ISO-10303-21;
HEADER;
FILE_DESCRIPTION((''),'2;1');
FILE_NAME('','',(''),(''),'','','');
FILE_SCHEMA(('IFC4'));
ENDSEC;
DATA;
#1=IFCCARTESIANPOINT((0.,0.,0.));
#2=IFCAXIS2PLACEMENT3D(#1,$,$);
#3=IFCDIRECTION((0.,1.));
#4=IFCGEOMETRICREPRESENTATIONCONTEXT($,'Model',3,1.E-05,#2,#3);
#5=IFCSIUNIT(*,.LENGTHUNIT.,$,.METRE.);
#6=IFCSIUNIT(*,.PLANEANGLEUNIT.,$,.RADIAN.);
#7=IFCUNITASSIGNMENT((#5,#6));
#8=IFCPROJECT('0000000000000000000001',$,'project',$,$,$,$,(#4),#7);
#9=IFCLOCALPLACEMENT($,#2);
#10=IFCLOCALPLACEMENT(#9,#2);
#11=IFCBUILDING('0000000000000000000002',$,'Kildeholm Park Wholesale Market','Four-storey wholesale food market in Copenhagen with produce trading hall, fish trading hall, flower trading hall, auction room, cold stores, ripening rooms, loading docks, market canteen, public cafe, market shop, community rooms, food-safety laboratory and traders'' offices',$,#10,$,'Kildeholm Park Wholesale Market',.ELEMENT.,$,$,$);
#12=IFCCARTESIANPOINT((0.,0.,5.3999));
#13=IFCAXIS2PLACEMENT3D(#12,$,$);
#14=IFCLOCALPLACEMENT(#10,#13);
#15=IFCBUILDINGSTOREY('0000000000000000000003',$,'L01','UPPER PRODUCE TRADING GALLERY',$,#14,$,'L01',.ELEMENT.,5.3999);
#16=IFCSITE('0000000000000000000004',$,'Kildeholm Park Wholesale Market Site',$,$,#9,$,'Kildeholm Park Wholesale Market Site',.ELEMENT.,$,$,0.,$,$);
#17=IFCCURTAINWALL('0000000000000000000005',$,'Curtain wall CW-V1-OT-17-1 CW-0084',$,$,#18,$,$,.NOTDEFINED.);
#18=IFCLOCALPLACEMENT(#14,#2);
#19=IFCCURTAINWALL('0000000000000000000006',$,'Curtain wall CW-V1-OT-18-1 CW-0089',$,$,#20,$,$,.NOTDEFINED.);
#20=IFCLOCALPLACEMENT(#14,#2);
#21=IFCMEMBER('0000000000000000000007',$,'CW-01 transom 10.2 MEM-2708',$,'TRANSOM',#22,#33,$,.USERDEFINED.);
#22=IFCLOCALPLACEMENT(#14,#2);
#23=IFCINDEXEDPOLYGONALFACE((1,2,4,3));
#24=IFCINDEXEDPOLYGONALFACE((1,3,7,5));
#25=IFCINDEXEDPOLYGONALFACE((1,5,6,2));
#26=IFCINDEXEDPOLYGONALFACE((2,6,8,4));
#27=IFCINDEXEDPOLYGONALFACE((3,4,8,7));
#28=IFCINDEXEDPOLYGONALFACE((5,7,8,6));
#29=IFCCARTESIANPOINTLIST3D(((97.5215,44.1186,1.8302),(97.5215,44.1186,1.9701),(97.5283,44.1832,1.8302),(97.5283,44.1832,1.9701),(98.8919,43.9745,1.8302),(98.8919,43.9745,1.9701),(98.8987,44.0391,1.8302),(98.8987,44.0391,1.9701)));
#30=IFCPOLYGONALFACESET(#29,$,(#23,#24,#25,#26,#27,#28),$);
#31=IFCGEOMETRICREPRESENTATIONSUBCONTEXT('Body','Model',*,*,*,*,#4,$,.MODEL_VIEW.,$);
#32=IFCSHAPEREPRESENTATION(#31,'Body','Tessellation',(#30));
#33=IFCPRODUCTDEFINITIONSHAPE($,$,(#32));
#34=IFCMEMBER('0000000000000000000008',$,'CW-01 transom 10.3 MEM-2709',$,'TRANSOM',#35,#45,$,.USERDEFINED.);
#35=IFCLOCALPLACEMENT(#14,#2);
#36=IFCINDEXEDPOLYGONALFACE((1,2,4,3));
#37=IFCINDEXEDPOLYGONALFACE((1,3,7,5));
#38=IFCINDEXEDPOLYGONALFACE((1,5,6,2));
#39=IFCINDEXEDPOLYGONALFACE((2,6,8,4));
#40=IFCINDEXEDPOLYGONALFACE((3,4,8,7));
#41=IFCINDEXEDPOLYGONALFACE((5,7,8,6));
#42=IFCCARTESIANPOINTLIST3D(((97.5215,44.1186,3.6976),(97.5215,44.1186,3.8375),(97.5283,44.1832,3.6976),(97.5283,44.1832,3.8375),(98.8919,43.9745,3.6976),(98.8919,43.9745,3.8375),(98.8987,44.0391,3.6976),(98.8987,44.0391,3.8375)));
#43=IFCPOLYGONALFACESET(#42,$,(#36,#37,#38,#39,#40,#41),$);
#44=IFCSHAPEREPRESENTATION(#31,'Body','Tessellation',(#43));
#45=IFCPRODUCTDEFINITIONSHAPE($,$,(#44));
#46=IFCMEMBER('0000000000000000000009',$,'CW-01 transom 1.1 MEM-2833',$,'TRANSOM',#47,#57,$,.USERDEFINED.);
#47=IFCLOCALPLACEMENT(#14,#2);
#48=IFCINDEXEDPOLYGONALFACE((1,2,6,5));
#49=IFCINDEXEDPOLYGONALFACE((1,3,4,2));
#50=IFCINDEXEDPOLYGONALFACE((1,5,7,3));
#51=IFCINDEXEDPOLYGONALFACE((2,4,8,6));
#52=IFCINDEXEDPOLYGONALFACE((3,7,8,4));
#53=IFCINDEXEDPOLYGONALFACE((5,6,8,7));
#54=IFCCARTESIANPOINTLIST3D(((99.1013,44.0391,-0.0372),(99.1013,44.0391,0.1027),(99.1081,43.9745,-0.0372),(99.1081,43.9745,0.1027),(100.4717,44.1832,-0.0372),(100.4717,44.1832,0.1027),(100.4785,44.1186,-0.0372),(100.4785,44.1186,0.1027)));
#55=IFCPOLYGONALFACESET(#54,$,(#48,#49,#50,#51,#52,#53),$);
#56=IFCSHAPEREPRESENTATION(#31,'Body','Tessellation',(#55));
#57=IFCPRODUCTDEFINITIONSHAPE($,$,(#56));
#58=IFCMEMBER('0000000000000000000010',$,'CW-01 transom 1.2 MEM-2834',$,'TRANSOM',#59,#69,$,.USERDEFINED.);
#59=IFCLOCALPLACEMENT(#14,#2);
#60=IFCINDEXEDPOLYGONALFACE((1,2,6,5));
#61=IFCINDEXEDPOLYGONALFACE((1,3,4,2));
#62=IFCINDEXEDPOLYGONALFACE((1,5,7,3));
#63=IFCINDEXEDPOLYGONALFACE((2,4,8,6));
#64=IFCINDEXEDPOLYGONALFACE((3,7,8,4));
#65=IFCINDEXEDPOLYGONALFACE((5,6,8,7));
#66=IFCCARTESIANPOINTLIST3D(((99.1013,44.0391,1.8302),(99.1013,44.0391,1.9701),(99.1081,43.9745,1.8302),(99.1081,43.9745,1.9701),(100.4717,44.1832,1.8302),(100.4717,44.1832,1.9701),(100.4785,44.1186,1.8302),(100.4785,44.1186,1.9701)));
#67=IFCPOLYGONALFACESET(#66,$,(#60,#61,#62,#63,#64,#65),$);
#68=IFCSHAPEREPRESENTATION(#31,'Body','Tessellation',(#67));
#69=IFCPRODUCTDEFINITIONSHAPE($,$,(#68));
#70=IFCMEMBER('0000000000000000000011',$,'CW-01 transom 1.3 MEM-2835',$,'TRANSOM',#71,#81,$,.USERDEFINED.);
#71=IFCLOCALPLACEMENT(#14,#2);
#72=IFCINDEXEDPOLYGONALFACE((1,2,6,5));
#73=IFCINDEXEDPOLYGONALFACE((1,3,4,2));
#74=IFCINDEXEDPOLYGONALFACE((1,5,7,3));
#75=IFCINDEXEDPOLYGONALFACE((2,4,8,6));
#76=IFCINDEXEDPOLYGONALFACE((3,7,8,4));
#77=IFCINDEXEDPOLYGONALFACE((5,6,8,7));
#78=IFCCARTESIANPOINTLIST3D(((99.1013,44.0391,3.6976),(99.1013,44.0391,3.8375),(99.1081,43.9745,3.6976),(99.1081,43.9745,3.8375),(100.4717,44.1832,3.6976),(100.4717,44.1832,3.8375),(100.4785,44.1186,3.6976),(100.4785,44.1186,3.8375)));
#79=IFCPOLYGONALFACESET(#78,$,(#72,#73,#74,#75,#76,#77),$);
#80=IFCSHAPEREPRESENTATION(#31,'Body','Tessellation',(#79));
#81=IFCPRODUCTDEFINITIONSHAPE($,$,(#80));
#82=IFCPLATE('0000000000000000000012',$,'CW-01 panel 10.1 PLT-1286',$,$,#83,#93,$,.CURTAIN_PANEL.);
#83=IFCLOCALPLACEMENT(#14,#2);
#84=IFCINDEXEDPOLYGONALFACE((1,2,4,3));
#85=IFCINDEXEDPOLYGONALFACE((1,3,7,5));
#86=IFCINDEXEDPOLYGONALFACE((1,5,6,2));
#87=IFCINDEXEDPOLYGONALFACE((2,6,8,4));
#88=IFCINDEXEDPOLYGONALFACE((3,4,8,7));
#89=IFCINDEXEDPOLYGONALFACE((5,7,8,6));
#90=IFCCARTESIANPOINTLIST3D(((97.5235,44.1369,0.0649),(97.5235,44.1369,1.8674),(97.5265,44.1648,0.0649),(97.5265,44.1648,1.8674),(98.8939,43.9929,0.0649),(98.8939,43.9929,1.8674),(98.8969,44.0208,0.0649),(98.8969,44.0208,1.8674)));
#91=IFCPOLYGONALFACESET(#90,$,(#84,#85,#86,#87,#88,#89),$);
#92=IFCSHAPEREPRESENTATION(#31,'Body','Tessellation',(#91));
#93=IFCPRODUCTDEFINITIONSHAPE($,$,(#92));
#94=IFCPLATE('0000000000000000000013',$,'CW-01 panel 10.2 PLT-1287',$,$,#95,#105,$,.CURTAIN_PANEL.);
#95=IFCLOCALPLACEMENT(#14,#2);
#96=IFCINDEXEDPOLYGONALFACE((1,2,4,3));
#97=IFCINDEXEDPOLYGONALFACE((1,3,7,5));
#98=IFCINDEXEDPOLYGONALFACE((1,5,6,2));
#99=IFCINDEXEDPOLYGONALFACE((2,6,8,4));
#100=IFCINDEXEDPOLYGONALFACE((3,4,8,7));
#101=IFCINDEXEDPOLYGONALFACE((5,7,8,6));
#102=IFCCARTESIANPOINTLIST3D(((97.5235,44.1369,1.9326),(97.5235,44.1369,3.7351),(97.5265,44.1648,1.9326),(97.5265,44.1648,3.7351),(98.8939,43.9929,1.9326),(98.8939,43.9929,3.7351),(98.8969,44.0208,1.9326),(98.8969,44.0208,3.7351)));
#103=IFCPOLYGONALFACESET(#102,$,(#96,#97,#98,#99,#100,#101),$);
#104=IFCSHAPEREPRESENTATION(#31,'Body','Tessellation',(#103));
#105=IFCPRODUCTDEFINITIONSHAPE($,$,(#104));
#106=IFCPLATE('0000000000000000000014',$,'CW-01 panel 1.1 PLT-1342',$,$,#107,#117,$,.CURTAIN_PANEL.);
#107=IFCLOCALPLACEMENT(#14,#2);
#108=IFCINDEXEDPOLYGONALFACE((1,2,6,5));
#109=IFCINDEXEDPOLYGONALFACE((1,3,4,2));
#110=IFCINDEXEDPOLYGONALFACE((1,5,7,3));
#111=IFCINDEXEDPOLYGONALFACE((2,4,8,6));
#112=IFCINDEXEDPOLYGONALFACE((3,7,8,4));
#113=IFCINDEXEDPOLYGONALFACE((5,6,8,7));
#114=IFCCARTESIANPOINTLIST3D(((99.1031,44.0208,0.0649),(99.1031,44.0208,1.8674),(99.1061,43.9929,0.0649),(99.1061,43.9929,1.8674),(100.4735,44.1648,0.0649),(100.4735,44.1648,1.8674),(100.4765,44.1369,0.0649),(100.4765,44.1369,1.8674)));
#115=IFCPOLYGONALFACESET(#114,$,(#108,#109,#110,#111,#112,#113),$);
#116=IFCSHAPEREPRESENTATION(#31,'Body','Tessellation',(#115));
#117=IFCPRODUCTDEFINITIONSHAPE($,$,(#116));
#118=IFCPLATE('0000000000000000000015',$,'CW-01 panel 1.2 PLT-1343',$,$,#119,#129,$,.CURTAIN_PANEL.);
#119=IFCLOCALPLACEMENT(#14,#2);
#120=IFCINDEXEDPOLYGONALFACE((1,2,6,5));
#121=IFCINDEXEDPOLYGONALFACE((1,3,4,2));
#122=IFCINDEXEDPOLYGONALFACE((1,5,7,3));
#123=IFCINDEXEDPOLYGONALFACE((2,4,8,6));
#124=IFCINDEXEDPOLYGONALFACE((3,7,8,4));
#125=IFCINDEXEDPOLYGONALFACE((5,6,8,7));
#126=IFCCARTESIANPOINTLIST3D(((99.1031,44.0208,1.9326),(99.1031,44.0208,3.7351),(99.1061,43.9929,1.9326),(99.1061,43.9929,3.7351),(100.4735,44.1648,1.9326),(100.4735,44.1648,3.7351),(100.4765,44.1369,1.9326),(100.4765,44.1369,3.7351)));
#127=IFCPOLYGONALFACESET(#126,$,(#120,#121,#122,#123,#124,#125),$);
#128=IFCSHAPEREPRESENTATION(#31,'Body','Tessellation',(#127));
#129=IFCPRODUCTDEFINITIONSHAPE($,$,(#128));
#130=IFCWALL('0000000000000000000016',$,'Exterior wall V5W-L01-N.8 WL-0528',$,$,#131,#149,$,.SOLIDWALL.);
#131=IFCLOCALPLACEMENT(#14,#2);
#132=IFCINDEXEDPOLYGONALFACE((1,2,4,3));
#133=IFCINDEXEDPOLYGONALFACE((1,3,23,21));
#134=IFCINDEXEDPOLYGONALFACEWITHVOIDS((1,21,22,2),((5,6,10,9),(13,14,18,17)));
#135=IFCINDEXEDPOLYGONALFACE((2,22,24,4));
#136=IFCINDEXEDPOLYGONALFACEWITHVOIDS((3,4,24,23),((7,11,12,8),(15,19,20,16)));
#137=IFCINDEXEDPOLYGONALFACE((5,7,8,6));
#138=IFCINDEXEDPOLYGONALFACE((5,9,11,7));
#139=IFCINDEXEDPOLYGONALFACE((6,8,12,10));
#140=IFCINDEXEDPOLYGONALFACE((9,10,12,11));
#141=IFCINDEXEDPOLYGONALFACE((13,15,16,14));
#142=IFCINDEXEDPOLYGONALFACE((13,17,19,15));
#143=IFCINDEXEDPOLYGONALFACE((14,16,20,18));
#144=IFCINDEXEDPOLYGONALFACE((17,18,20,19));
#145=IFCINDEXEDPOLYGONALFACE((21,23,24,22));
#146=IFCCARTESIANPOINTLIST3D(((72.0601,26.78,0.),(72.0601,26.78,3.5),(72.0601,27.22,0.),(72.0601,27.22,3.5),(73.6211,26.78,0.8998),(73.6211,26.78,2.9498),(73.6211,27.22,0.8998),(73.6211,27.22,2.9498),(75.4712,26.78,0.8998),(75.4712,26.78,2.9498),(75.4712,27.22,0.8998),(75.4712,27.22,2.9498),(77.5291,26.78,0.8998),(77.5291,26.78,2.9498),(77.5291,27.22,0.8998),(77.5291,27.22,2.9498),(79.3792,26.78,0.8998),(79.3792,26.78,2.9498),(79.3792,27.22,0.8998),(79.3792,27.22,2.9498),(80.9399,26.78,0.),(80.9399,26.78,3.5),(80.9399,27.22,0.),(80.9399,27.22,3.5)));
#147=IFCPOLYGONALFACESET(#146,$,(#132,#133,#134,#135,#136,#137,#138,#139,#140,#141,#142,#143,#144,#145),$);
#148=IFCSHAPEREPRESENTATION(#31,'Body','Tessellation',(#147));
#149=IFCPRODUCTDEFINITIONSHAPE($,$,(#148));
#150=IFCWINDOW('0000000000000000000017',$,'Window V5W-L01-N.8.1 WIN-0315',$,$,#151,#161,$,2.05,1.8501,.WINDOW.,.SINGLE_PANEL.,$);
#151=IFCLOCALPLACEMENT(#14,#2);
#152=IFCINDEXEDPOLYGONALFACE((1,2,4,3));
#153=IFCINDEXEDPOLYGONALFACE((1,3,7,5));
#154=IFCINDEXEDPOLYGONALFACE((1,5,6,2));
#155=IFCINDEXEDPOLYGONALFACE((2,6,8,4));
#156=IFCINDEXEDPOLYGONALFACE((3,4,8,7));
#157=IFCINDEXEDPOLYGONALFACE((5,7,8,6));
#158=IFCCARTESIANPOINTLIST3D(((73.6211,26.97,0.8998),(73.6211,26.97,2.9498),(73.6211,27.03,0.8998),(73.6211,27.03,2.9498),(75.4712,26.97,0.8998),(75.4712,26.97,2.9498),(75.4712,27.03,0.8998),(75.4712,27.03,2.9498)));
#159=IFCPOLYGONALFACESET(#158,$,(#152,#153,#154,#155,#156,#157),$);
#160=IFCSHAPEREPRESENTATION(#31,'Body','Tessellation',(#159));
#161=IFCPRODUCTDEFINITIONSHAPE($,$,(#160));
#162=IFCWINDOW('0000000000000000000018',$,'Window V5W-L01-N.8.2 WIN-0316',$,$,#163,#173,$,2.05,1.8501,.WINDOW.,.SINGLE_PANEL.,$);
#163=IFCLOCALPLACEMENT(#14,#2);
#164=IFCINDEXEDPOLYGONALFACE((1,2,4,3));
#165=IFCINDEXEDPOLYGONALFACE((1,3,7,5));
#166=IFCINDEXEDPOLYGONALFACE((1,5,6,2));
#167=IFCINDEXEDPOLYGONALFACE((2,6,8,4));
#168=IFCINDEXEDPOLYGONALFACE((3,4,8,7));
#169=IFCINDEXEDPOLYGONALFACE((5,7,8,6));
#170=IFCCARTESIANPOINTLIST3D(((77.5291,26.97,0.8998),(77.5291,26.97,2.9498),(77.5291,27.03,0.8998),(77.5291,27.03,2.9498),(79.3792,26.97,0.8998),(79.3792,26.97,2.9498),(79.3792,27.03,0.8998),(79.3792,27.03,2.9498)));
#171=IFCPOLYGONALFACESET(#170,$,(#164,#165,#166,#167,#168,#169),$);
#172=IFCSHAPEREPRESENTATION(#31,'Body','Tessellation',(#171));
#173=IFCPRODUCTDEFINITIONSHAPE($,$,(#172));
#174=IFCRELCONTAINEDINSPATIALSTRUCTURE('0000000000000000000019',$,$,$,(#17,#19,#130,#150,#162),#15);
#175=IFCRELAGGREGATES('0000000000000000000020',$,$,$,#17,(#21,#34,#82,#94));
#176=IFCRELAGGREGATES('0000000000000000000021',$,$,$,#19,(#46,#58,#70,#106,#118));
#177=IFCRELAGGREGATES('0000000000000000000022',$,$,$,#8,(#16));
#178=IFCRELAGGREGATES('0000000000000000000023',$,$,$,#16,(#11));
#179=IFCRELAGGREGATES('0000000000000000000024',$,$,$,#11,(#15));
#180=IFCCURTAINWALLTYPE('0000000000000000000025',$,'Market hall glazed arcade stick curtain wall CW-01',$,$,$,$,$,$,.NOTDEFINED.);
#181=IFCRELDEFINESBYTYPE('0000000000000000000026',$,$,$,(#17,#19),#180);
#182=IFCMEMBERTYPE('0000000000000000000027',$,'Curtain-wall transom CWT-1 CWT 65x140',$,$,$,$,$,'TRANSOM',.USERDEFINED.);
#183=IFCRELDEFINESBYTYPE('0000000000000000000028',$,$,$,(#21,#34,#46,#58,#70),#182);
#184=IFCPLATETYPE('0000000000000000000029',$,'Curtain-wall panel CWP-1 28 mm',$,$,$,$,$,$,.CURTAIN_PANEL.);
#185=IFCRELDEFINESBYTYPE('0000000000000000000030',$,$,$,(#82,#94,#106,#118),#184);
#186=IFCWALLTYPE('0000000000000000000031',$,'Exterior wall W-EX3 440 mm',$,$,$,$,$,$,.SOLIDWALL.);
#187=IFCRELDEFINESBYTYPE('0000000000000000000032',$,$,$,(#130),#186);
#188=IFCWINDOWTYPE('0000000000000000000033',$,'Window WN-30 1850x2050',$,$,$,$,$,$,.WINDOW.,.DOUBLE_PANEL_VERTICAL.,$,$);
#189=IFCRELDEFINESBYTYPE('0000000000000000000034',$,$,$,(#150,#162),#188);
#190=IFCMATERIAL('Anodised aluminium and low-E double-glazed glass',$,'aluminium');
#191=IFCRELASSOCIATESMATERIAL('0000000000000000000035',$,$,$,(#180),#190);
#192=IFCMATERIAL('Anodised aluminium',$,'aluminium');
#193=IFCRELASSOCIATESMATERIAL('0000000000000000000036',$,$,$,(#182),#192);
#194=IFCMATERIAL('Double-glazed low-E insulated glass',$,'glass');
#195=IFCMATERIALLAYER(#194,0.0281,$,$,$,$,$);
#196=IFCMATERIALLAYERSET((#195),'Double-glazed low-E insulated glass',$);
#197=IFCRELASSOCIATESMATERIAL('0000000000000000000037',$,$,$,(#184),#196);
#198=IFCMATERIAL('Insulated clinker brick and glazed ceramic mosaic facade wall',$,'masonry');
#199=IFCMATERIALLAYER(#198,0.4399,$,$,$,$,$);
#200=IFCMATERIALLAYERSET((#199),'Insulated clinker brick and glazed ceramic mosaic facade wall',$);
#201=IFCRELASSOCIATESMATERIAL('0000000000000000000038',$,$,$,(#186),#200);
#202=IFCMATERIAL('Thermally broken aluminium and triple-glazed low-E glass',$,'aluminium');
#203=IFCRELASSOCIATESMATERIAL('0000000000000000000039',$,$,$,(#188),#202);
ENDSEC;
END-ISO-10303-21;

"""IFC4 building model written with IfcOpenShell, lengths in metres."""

from ifc_helpers import new_model, si_unit, direction, frame, frame_2d, origin, origin_2d, place, context, subcontext, project, spatial, rectangle, extrude, material, layer, layer_set, material_profile, profile_set, type_object, element, fill, aggregate, save


model = new_model("IFC4")

# Units and contexts
model_context = context("Model", 3, precision=1e-05, world=origin(), true_north=direction((0.0, 1.0)))
body_context = subcontext(model_context, "Body", "Model", "MODEL_VIEW")
ifc_project = project(units=[si_unit("LENGTHUNIT", "METRE"), si_unit("PLANEANGLEUNIT", "RADIAN")], contexts=[model_context])

# Site, building, storey
site_placement = place(None, origin())
site = spatial("IfcSite", under=ifc_project, at=site_placement, Name="Kildeholm Park Wholesale Market Site", LongName="Kildeholm Park Wholesale Market Site", CompositionType="ELEMENT", RefElevation=0.0)
building_placement = place(site_placement, origin())
building = spatial("IfcBuilding", under=site, at=building_placement, Name="Kildeholm Park Wholesale Market", Description="Four-storey wholesale food market in Copenhagen with produce trading hall, fish trading hall, flower trading hall, auction room, cold stores, ripening rooms, loading docks, market canteen, public cafe, market shop, community rooms, food-safety laboratory and traders' offices", LongName="Kildeholm Park Wholesale Market", CompositionType="ELEMENT")
storey_placement = place(building_placement, frame((0.0, 0.0, 5.3999)))
storey = spatial("IfcBuildingStorey", under=building, at=storey_placement, Name="L01", Description="UPPER PRODUCE TRADING GALLERY", LongName="L01", CompositionType="ELEMENT", Elevation=5.3999)

# Curtain wall
ifc_material_1 = material(Name="Anodised aluminium and low-E double-glazed glass", Category="aluminium")
curtain_wall_type = type_object("IfcCurtainWallType", Name="Market hall glazed arcade stick curtain wall CW-01", PredefinedType="NOTDEFINED", material=ifc_material_1)
curtain_wall_1_placement = place(storey_placement, origin())
curtain_wall_1 = element("IfcCurtainWall", 1, at=curtain_wall_1_placement, inside=storey, type_object=curtain_wall_type, Name="Curtain wall CW-V1-OT-17-1 CW-0084", PredefinedType="NOTDEFINED")
ifc_material_2 = material(Name="Anodised aluminium", Category="aluminium")

# Curtain wall
curtain_wall_2_placement = place(storey_placement, origin())
curtain_wall_2 = element("IfcCurtainWall", 2, at=curtain_wall_2_placement, inside=storey, type_object=curtain_wall_type, Name="Curtain wall CW-V1-OT-18-1 CW-0089", PredefinedType="NOTDEFINED")

# Members
ifc_material_profile_1 = material_profile(ifc_material_2, rectangle(XDim=0.0649, YDim=0.1399, at=origin_2d()), Name="CWT 65x140")
ifc_profile_set_1 = profile_set([ifc_material_profile_1], Name="Anodised aluminium")
member_type_1 = type_object("IfcMemberType", Name="Curtain-wall transom CWT-1 CWT 65x140", ElementType="TRANSOM", PredefinedType="USERDEFINED", material=ifc_profile_set_1)
member_1_placement = place(storey_placement, frame((97.5249, 44.1509, 1.9001), z_axis=(0.994521, -0.104537, 0.0), x_axis=(0.104537, 0.994521, 0.0)))
member_1 = element("IfcMember", 3, at=member_1_placement, type_object=member_type_1, Name="CW-01 transom 10.2 MEM-2708", ObjectType="TRANSOM", PredefinedType="USERDEFINED", context=body_context, shape_type="SweptSolid", body=[
    extrude(rectangle(XDim=0.0649, YDim=0.1399, at=origin_2d()), origin(), (0.0, 0.0, 1.0), 1.3779),
])
member_2_placement = place(storey_placement, frame((97.5249, 44.1509, 3.7676), z_axis=(0.994521, -0.104537, 0.0), x_axis=(0.104537, 0.994521, 0.0)))
member_2 = element("IfcMember", 4, at=member_2_placement, type_object=member_type_1, Name="CW-01 transom 10.3 MEM-2709", ObjectType="TRANSOM", PredefinedType="USERDEFINED", context=body_context, shape_type="SweptSolid", body=[
    extrude(rectangle(XDim=0.0649, YDim=0.1399, at=origin_2d()), origin(), (0.0, 0.0, 1.0), 1.3779),
])
member_3_placement = place(storey_placement, frame((99.1047, 44.0068, 0.0327), z_axis=(0.994521, 0.104537, 0.0), x_axis=(-0.104537, 0.994521, 0.0)))
member_3 = element("IfcMember", 5, at=member_3_placement, type_object=member_type_1, Name="CW-01 transom 1.1 MEM-2833", ObjectType="TRANSOM", PredefinedType="USERDEFINED", context=body_context, shape_type="SweptSolid", body=[
    extrude(rectangle(XDim=0.0649, YDim=0.1399, at=origin_2d()), origin(), (0.0, 0.0, 1.0), 1.3779),
])
member_4_placement = place(storey_placement, frame((99.1047, 44.0068, 1.9001), z_axis=(0.994521, 0.104537, 0.0), x_axis=(-0.104537, 0.994521, 0.0)))
member_4 = element("IfcMember", 6, at=member_4_placement, type_object=member_type_1, Name="CW-01 transom 1.2 MEM-2834", ObjectType="TRANSOM", PredefinedType="USERDEFINED", context=body_context, shape_type="SweptSolid", body=[
    extrude(rectangle(XDim=0.0649, YDim=0.1399, at=origin_2d()), origin(), (0.0, 0.0, 1.0), 1.3779),
])
member_5_placement = place(storey_placement, frame((99.1047, 44.0068, 3.7676), z_axis=(0.994521, 0.104537, 0.0), x_axis=(-0.104537, 0.994521, 0.0)))
member_5 = element("IfcMember", 7, at=member_5_placement, type_object=member_type_1, Name="CW-01 transom 1.3 MEM-2835", ObjectType="TRANSOM", PredefinedType="USERDEFINED", context=body_context, shape_type="SweptSolid", body=[
    extrude(rectangle(XDim=0.0649, YDim=0.1399, at=origin_2d()), origin(), (0.0, 0.0, 1.0), 1.3779),
])

# Plates
ifc_material_3 = material(Name="Double-glazed low-E insulated glass", Category="glass")
ifc_layer_1 = layer(ifc_material_3, 0.0281)
ifc_layer_set_1 = layer_set([ifc_layer_1], Name="Double-glazed low-E insulated glass")
plate_type = type_object("IfcPlateType", Name="Curtain-wall panel CWP-1 28 mm", PredefinedType="CURTAIN_PANEL", material=ifc_layer_set_1)
plate_1_placement = place(storey_placement, frame((98.2102, 44.0789, 0.0649), z_axis=(0.0, 0.0, 1.0), x_axis=(0.994524, -0.104508, 0.0)))
plate_1 = element("IfcPlate", 8, at=plate_1_placement, type_object=plate_type, Name="CW-01 panel 10.1 PLT-1286", PredefinedType="CURTAIN_PANEL", context=body_context, shape_type="SweptSolid", body=[
    extrude(rectangle(XDim=1.3779, YDim=0.0281, at=origin_2d()), origin(), (0.0, 0.0, 1.0), 1.8025),
])
plate_2_placement = place(storey_placement, frame((98.2102, 44.0789, 1.9326), z_axis=(0.0, 0.0, 1.0), x_axis=(0.994524, -0.104508, 0.0)))
plate_2 = element("IfcPlate", 9, at=plate_2_placement, type_object=plate_type, Name="CW-01 panel 10.2 PLT-1287", PredefinedType="CURTAIN_PANEL", context=body_context, shape_type="SweptSolid", body=[
    extrude(rectangle(XDim=1.3779, YDim=0.0281, at=origin_2d()), origin(), (0.0, 0.0, 1.0), 1.8025),
])
aggregate(curtain_wall_1, [member_1, member_2, plate_1, plate_2])
plate_3_placement = place(storey_placement, frame((99.7898, 44.0789, 0.0649), z_axis=(0.0, 0.0, 1.0), x_axis=(0.994524, 0.104508, 0.0)))
plate_3 = element("IfcPlate", 10, at=plate_3_placement, type_object=plate_type, Name="CW-01 panel 1.1 PLT-1342", PredefinedType="CURTAIN_PANEL", context=body_context, shape_type="SweptSolid", body=[
    extrude(rectangle(XDim=1.3779, YDim=0.0281, at=origin_2d()), origin(), (0.0, 0.0, 1.0), 1.8025),
])
plate_4_placement = place(storey_placement, frame((99.7898, 44.0789, 1.9326), z_axis=(0.0, 0.0, 1.0), x_axis=(0.994524, 0.104508, 0.0)))
plate_4 = element("IfcPlate", 11, at=plate_4_placement, type_object=plate_type, Name="CW-01 panel 1.2 PLT-1343", PredefinedType="CURTAIN_PANEL", context=body_context, shape_type="SweptSolid", body=[
    extrude(rectangle(XDim=1.3779, YDim=0.0281, at=origin_2d()), origin(), (0.0, 0.0, 1.0), 1.8025),
])
aggregate(curtain_wall_2, [member_3, member_4, member_5, plate_3, plate_4])

# Wall, openings, windows
ifc_material_4 = material(Name="Insulated clinker brick and glazed ceramic mosaic facade wall", Category="masonry")
ifc_layer_2 = layer(ifc_material_4, 0.4399)
ifc_layer_set_2 = layer_set([ifc_layer_2], Name="Insulated clinker brick and glazed ceramic mosaic facade wall")
wall_type = type_object("IfcWallType", Name="Exterior wall W-EX3 440 mm", PredefinedType="SOLIDWALL", material=ifc_layer_set_2)
wall_placement = place(storey_placement, frame((72.0601, 27.0, 0.0), z_axis=(0.0, 0.0, 1.0), x_axis=(1.0, 0.0, 0.0)))
wall = element("IfcWall", 12, at=wall_placement, inside=storey, type_object=wall_type, Name="Exterior wall V5W-L01-N.8 WL-0528", PredefinedType="SOLIDWALL", context=body_context, shape_type="SweptSolid", body=[
    extrude(rectangle(XDim=8.8799, YDim=0.4399, at=frame_2d((4.4399, 0.0))), origin(), (0.0, 0.0, 1.0), 3.5),
])
opening_1_placement = place(wall_placement, frame((1.561, 0.0, 0.8999)))
opening_1 = element("IfcOpeningElement", 13, at=opening_1_placement, cuts=wall, PredefinedType="OPENING", context=body_context, shape_type="SweptSolid", body=[
    extrude(rectangle(XDim=1.8501, YDim=2.05, at=frame_2d((0.925, 1.0249))), frame((0.0, 0.23, 0.0), z_axis=(0.0, -1.0, 0.0), x_axis=(1.0, 0.0, 0.0)), (0.0, 0.0, 1.0), 0.46),
])
opening_2_placement = place(wall_placement, frame((5.469, 0.0, 0.8999)))
opening_2 = element("IfcOpeningElement", 14, at=opening_2_placement, cuts=wall, PredefinedType="OPENING", context=body_context, shape_type="SweptSolid", body=[
    extrude(rectangle(XDim=1.8501, YDim=2.05, at=frame_2d((0.925, 1.0249))), frame((0.0, 0.23, 0.0), z_axis=(0.0, -1.0, 0.0), x_axis=(1.0, 0.0, 0.0)), (0.0, 0.0, 1.0), 0.46),
])
ifc_material_5 = material(Name="Thermally broken aluminium and triple-glazed low-E glass", Category="aluminium")
window_type = type_object("IfcWindowType", Name="Window WN-30 1850x2050", PartitioningType="DOUBLE_PANEL_VERTICAL", PredefinedType="WINDOW", material=ifc_material_5)
window_1_placement = place(opening_1_placement, origin())
window_1 = element("IfcWindow", 15, at=window_1_placement, inside=storey, type_object=window_type, Name="Window V5W-L01-N.8.1 WIN-0315", OverallHeight=2.05, OverallWidth=1.8501, PartitioningType="SINGLE_PANEL", PredefinedType="WINDOW", context=body_context, shape_type="SweptSolid", body=[
    extrude(rectangle(XDim=1.8501, YDim=2.05, at=frame_2d((0.925, 1.0249))), frame((0.0, 0.03, 0.0), z_axis=(0.0, -1.0, 0.0), x_axis=(1.0, 0.0, 0.0)), (0.0, 0.0, 1.0), 0.0601),
])
fill(opening_1, window_1)
window_2_placement = place(opening_2_placement, origin())
window_2 = element("IfcWindow", 16, at=window_2_placement, inside=storey, type_object=window_type, Name="Window V5W-L01-N.8.2 WIN-0316", OverallHeight=2.05, OverallWidth=1.8501, PartitioningType="SINGLE_PANEL", PredefinedType="WINDOW", context=body_context, shape_type="SweptSolid", body=[
    extrude(rectangle(XDim=1.8501, YDim=2.05, at=frame_2d((0.925, 1.0249))), frame((0.0, 0.03, 0.0), z_axis=(0.0, -1.0, 0.0), x_axis=(1.0, 0.0, 0.0)), (0.0, 0.0, 1.0), 0.0601),
])
fill(opening_2, window_2)

save(model, "model.ifc")
